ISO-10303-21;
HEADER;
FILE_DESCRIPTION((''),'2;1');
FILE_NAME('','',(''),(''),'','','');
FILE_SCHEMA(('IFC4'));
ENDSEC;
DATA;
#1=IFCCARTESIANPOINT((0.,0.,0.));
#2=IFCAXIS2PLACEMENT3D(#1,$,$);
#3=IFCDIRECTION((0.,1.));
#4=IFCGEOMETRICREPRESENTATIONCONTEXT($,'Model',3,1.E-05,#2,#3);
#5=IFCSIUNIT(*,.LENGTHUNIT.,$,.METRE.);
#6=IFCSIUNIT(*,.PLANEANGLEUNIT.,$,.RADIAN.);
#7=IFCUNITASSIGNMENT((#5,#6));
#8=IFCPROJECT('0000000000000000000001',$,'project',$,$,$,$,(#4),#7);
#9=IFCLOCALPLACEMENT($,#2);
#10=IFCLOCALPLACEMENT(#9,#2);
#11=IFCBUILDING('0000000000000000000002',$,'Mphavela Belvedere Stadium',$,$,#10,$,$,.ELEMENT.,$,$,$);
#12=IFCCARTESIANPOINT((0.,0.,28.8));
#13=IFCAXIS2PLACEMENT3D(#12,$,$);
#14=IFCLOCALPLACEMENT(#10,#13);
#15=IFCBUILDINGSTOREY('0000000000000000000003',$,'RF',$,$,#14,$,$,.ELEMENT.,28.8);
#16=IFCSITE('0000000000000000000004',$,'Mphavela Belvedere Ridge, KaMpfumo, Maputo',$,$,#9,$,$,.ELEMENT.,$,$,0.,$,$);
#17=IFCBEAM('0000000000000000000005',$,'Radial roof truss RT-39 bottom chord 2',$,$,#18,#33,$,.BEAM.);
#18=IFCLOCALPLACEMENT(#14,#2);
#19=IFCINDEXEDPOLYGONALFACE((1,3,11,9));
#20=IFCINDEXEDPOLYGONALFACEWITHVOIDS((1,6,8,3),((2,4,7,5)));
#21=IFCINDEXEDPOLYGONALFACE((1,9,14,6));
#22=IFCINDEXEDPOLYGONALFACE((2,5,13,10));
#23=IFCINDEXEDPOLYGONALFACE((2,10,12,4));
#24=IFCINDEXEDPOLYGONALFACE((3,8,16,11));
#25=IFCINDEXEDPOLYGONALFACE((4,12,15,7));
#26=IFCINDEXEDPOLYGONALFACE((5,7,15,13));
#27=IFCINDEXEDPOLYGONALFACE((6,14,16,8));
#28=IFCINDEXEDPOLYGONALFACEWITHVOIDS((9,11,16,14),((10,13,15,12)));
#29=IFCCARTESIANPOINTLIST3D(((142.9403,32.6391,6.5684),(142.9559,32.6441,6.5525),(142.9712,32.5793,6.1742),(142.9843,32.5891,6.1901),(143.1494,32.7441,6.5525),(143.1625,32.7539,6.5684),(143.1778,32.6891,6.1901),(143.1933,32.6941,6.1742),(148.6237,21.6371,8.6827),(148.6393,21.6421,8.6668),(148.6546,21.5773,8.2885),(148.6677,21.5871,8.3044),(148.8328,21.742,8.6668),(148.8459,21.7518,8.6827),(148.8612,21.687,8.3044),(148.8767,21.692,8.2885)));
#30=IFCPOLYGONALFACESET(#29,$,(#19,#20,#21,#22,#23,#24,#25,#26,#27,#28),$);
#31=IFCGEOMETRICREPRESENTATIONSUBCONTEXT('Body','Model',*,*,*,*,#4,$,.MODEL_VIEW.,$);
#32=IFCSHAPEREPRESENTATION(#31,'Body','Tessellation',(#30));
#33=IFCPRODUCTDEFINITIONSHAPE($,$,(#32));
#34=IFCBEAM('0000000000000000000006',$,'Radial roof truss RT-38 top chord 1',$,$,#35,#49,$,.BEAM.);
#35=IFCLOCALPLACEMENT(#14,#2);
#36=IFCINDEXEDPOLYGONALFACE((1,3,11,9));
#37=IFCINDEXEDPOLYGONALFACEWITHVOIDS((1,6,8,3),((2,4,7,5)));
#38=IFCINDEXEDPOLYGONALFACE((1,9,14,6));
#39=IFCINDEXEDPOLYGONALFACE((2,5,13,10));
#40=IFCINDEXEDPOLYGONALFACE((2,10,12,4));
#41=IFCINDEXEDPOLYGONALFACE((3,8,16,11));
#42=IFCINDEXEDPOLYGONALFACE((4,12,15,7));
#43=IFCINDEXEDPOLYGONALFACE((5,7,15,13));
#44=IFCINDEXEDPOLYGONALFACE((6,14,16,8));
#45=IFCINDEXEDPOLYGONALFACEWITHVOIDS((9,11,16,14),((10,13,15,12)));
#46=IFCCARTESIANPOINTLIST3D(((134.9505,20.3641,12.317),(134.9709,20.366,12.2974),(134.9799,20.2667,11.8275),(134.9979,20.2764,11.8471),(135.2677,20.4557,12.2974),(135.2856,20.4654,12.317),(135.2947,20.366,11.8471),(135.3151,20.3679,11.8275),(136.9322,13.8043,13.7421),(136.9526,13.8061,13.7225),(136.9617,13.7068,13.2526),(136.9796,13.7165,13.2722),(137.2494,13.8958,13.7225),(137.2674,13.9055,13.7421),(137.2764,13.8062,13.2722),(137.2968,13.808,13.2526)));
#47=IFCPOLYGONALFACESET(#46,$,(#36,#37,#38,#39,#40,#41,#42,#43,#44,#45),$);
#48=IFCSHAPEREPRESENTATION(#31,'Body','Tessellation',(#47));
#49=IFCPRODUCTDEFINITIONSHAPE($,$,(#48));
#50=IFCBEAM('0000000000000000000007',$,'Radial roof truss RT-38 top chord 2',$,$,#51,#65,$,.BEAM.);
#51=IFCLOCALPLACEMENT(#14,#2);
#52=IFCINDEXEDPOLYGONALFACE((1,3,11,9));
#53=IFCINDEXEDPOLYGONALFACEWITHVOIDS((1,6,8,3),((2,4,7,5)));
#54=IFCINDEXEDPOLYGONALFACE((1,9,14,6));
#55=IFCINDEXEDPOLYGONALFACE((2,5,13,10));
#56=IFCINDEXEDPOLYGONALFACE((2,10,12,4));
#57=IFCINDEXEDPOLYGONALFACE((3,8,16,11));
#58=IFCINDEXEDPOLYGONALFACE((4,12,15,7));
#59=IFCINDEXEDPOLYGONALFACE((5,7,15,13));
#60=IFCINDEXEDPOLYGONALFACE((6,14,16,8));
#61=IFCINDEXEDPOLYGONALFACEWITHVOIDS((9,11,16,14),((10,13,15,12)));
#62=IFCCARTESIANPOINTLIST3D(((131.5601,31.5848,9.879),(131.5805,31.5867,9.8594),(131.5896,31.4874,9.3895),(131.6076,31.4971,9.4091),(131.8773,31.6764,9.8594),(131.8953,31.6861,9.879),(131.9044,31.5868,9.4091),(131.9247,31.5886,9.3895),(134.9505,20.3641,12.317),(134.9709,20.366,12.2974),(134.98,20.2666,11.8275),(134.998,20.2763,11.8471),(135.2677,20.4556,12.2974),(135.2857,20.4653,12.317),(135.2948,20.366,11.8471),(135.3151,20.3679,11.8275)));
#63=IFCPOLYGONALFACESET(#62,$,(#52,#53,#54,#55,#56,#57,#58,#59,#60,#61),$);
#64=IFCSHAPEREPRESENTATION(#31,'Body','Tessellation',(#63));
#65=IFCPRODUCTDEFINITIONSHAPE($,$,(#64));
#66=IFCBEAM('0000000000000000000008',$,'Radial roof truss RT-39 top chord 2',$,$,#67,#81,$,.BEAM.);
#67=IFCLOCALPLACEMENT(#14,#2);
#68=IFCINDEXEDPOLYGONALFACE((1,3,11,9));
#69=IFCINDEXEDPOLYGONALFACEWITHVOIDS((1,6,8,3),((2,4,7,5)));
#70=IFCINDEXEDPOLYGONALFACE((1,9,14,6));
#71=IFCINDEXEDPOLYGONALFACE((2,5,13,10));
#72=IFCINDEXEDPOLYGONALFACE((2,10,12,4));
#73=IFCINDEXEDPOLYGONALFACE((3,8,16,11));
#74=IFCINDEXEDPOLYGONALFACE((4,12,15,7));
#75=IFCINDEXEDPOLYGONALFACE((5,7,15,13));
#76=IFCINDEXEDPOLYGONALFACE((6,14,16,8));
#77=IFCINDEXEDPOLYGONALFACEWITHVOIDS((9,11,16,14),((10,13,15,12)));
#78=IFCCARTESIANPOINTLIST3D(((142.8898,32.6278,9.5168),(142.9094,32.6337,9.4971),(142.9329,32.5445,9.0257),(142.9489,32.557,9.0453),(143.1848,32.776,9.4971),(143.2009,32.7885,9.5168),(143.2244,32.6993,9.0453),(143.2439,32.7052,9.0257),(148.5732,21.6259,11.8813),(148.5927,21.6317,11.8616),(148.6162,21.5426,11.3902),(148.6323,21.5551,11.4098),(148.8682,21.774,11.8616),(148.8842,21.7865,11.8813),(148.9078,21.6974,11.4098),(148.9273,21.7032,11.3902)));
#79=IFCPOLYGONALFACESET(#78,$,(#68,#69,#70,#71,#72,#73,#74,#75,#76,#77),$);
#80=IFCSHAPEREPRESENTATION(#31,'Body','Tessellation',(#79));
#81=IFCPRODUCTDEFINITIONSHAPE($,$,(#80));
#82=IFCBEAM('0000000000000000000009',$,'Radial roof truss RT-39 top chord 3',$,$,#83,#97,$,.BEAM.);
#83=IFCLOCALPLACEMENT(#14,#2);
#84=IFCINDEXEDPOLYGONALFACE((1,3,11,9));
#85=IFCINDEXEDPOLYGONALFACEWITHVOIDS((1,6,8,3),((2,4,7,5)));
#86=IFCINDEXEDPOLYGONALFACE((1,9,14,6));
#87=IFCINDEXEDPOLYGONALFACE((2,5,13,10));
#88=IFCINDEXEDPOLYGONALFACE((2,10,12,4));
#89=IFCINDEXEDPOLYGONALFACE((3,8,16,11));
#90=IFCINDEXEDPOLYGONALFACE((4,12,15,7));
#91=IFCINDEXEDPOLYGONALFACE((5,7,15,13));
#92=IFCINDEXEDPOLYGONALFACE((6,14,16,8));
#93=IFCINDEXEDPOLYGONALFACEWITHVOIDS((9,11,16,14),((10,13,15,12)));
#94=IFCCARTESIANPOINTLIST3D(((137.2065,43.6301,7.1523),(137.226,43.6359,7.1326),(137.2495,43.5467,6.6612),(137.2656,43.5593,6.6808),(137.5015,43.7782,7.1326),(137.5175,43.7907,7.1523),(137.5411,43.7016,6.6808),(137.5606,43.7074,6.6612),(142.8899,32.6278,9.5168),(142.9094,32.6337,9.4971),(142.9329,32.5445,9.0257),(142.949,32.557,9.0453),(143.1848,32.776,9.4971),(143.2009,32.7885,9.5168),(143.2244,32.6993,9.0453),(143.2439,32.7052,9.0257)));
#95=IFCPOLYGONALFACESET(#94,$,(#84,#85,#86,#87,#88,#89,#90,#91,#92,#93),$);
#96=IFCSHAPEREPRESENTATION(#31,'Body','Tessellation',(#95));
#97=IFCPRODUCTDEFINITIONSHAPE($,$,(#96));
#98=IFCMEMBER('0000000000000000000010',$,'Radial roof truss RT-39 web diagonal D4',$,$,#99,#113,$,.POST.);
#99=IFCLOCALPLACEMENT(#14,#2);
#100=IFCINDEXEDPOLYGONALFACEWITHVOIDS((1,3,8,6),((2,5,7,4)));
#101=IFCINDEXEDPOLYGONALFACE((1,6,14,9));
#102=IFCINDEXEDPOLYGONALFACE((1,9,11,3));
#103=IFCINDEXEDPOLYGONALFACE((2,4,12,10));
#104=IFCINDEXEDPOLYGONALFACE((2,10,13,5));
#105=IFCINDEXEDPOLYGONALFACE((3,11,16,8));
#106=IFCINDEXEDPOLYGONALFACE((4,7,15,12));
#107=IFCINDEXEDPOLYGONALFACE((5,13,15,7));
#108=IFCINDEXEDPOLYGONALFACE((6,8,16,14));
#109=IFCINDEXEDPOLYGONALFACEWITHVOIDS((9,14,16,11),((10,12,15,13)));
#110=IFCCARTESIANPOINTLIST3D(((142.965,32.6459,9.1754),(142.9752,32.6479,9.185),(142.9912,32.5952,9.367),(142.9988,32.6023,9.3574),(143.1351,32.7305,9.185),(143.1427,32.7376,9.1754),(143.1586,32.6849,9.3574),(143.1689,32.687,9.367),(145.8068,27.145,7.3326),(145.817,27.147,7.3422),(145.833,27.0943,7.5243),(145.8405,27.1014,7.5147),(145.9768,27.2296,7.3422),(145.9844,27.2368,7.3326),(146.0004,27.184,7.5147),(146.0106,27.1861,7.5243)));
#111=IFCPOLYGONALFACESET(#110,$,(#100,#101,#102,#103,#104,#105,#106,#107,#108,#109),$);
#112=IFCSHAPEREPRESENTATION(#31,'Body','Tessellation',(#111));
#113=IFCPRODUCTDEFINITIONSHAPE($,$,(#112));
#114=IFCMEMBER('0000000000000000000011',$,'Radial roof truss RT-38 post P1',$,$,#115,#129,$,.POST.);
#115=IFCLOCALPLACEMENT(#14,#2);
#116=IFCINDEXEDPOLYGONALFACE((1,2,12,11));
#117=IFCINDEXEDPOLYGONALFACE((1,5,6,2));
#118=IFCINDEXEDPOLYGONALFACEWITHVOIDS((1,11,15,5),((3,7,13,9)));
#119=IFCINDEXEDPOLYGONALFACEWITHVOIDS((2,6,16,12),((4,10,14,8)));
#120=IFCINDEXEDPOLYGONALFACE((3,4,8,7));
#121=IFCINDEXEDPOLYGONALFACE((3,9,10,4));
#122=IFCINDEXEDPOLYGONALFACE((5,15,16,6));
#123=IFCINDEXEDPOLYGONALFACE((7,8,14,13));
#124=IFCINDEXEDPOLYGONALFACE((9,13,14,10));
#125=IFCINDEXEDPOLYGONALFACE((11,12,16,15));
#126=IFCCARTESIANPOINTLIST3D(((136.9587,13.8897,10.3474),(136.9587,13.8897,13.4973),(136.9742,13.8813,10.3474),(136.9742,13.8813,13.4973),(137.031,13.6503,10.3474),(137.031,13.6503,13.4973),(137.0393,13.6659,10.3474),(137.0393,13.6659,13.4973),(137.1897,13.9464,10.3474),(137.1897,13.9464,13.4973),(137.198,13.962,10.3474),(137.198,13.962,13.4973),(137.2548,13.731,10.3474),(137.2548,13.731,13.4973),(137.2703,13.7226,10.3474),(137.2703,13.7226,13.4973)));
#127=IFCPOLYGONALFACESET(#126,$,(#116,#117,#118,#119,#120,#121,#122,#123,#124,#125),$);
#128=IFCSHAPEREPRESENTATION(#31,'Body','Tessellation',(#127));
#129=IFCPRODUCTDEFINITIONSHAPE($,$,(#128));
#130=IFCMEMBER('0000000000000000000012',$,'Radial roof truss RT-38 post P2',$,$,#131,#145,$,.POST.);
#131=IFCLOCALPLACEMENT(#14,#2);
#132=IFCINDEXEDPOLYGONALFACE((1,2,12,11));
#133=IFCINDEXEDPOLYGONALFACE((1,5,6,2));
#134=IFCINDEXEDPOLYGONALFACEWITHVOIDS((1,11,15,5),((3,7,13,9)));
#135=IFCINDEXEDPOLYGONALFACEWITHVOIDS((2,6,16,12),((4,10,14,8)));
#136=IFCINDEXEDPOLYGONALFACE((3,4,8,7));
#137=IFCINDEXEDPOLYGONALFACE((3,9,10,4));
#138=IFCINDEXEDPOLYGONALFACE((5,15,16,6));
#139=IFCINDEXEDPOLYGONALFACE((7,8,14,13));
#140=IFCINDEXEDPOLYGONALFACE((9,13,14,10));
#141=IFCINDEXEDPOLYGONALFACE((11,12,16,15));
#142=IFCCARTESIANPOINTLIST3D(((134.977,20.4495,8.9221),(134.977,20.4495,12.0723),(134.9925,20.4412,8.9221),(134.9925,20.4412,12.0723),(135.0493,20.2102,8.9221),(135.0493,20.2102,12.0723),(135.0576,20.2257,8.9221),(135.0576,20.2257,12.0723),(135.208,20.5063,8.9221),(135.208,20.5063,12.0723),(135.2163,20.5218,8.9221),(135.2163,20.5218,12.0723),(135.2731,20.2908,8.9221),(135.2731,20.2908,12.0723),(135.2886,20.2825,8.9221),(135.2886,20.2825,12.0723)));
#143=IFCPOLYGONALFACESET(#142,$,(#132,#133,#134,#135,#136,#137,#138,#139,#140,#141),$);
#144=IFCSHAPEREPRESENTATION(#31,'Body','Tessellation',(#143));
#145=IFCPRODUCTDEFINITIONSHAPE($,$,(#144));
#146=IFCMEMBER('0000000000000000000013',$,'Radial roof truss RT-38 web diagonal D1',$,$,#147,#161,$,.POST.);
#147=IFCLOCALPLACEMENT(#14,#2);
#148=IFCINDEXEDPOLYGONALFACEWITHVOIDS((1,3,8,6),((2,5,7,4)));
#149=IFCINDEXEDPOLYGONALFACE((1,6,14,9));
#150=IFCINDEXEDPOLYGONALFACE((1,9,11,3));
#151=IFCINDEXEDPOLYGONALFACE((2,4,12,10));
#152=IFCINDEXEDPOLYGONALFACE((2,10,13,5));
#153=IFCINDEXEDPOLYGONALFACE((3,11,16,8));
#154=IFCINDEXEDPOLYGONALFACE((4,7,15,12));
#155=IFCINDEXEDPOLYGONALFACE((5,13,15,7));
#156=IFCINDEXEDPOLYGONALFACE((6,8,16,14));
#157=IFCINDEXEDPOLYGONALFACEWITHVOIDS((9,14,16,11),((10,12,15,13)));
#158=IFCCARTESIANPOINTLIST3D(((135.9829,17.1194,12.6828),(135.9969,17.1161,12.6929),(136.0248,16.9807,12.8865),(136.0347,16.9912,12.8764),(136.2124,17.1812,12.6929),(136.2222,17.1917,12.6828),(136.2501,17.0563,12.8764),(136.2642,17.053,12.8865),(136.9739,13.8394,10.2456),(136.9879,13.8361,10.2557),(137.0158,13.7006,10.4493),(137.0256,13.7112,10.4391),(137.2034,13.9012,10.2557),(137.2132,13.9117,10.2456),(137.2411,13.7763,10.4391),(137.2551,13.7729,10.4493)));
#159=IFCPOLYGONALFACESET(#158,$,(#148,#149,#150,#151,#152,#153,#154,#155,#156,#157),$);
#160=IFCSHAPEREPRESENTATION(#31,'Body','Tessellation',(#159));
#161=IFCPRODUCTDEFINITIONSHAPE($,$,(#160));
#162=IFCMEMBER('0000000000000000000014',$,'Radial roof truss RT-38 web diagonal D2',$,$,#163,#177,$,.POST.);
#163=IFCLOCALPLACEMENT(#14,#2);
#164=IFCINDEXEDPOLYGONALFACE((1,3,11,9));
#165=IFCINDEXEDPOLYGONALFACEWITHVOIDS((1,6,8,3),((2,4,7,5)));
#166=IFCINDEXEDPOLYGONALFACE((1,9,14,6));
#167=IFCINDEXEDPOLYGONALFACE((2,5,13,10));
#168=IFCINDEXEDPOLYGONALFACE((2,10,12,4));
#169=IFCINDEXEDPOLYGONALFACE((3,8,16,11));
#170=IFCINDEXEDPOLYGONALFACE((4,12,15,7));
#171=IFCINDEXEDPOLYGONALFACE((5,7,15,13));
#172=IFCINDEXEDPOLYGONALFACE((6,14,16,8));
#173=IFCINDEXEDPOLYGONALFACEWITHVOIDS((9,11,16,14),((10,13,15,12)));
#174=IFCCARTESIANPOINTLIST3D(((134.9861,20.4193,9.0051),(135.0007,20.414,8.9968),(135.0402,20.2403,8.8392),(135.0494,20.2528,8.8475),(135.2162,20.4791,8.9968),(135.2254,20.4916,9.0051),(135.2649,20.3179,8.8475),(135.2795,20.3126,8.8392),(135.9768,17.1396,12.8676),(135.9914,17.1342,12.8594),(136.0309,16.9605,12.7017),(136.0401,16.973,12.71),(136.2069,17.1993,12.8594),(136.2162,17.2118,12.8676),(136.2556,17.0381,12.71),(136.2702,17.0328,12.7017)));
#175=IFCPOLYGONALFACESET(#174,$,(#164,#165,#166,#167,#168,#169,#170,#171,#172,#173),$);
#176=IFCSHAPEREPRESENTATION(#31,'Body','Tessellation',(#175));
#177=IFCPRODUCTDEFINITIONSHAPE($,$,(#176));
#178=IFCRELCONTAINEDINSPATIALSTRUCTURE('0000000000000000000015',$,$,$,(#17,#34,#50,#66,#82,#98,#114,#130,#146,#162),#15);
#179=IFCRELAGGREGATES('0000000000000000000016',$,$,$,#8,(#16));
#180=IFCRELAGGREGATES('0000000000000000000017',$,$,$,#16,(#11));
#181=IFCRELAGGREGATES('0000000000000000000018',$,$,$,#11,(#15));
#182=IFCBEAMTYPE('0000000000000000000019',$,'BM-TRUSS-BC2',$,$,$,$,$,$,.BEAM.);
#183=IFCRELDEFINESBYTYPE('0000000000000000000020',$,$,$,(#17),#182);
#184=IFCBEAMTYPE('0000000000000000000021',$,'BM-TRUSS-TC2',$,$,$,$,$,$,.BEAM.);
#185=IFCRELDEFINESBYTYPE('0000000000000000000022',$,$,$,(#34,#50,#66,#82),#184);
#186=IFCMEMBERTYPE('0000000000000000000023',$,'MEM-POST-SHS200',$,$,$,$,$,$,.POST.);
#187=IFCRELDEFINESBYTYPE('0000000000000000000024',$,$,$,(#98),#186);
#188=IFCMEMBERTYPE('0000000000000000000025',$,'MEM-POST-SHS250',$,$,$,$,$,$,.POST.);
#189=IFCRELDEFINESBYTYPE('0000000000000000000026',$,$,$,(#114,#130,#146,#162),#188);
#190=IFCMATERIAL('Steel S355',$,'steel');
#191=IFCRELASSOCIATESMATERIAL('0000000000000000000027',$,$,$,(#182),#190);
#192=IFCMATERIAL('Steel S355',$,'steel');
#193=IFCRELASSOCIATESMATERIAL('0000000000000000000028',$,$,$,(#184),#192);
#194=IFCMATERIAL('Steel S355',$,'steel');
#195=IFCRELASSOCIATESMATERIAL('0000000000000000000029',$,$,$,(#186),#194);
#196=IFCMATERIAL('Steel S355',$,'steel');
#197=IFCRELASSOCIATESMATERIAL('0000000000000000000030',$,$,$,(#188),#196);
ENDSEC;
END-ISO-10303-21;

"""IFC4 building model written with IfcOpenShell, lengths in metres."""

from ifc_helpers import new_model, si_unit, direction, frame, origin, origin_2d, place, context, subcontext, project, spatial, hollow_rectangle, extrude, material, material_profile, profile_set, type_object, element, save


model = new_model("IFC4")

# Units and contexts
model_context = context("Model", 3, precision=1e-05, world=origin(), true_north=direction((0.0, 1.0)))
body_context = subcontext(model_context, "Body", "Model", "MODEL_VIEW")
ifc_project = project(units=[si_unit("LENGTHUNIT", "METRE"), si_unit("PLANEANGLEUNIT", "RADIAN")], contexts=[model_context])

# Site, building, storey
site_placement = place(None, origin())
site = spatial("IfcSite", under=ifc_project, at=site_placement, Name="Mphavela Belvedere Ridge, KaMpfumo, Maputo", CompositionType="ELEMENT", RefElevation=0.0)
building_placement = place(site_placement, origin())
building = spatial("IfcBuilding", under=site, at=building_placement, Name="Mphavela Belvedere Stadium", CompositionType="ELEMENT")
storey_placement = place(building_placement, frame((0.0, 0.0, 28.8)))
storey = spatial("IfcBuildingStorey", under=building, at=storey_placement, Name="RF", CompositionType="ELEMENT", Elevation=28.8)

# Beams
ifc_material_1 = material(Name="Steel S355", Category="steel")
ifc_material_profile_1 = material_profile(ifc_material_1, hollow_rectangle(XDim=0.25, YDim=0.3999, WallThickness=0.0161, at=origin_2d()), Name="RHS 400x250x16")
ifc_profile_set_1 = profile_set([ifc_material_profile_1], Name="Steel S355")
beam_type_1 = type_object("IfcBeamType", Name="BM-TRUSS-BC2", PredefinedType="BEAM", material=ifc_profile_set_1)
beam_1_placement = place(storey_placement, frame((148.7502, 21.6646, 8.4856), z_axis=(-0.45241, 0.875785, -0.168301), x_axis=(-0.888459, -0.458957, 0.0)))
element("IfcBeam", 1, at=beam_1_placement, inside=storey, type_object=beam_type_1, Name="Radial roof truss RT-39 bottom chord 2", PredefinedType="BEAM", context=body_context, shape_type="SweptSolid", body=[
    extrude(hollow_rectangle(XDim=0.25, YDim=0.3999, WallThickness=0.0161, at=origin_2d()), origin(), (0.0, 0.0, 1.0), 12.5625),
])
ifc_material_2 = material(Name="Steel S355", Category="steel")
ifc_material_profile_2 = material_profile(ifc_material_2, hollow_rectangle(XDim=0.3501, YDim=0.5, WallThickness=0.02, at=origin_2d()), Name="RHS 500x350x20")
ifc_profile_set_2 = profile_set([ifc_material_profile_2], Name="Steel S355")
beam_type_2 = type_object("IfcBeamType", Name="BM-TRUSS-TC2", PredefinedType="BEAM", material=ifc_profile_set_2)
beam_2_placement = place(storey_placement, frame((137.1145, 13.8062, 13.4973), z_axis=(-0.28313, 0.937221, -0.203601), x_axis=(-0.957272, -0.289188, 0.0)))
element("IfcBeam", 2, at=beam_2_placement, inside=storey, type_object=beam_type_2, Name="Radial roof truss RT-38 top chord 1", PredefinedType="BEAM", context=body_context, shape_type="SweptSolid", body=[
    extrude(hollow_rectangle(XDim=0.3501, YDim=0.5, WallThickness=0.02, at=origin_2d()), origin(), (0.0, 0.0, 1.0), 6.9993),
])
beam_3_placement = place(storey_placement, frame((135.1328, 20.366, 12.0723), z_axis=(-0.283179, 0.9372, -0.203631), x_axis=(-0.957257, -0.289239, 0.0)))
element("IfcBeam", 3, at=beam_3_placement, inside=storey, type_object=beam_type_2, Name="Radial roof truss RT-38 top chord 2", PredefinedType="BEAM", context=body_context, shape_type="SweptSolid", body=[
    extrude(hollow_rectangle(XDim=0.3501, YDim=0.5, WallThickness=0.02, at=origin_2d()), origin(), (0.0, 0.0, 1.0), 11.9727),
])
beam_4_placement = place(storey_placement, frame((148.7502, 21.6646, 11.6357), z_axis=(-0.450812, 0.872692, -0.187556), x_axis=(-0.888459, -0.458957, 0.0)))
element("IfcBeam", 4, at=beam_4_placement, inside=storey, type_object=beam_type_2, Name="Radial roof truss RT-39 top chord 2", PredefinedType="BEAM", context=body_context, shape_type="SweptSolid", body=[
    extrude(hollow_rectangle(XDim=0.3501, YDim=0.5, WallThickness=0.02, at=origin_2d()), origin(), (0.0, 0.0, 1.0), 12.6069),
])
beam_5_placement = place(storey_placement, frame((143.0669, 32.6665, 9.2712), z_axis=(-0.450804, 0.872697, -0.187553), x_axis=(-0.888463, -0.458949, 0.0)))
element("IfcBeam", 5, at=beam_5_placement, inside=storey, type_object=beam_type_2, Name="Radial roof truss RT-39 top chord 3", PredefinedType="BEAM", context=body_context, shape_type="SweptSolid", body=[
    extrude(hollow_rectangle(XDim=0.3501, YDim=0.5, WallThickness=0.02, at=origin_2d()), origin(), (0.0, 0.0, 1.0), 12.6072),
])

# Members
ifc_material_3 = material(Name="Steel S355", Category="steel")
ifc_material_profile_3 = material_profile(ifc_material_3, hollow_rectangle(XDim=0.2, YDim=0.2, WallThickness=0.01, at=origin_2d()), Name="SHS 200x200x10")
ifc_profile_set_3 = profile_set([ifc_material_profile_3], Name="Steel S355")
member_type_1 = type_object("IfcMemberType", Name="MEM-POST-SHS200", PredefinedType="POST", material=ifc_profile_set_3)
member_1_placement = place(storey_placement, frame((145.9087, 27.1655, 7.4285), z_axis=(-0.439903, 0.851537, 0.285256), x_axis=(-0.888451, -0.458972, 0.0)))
element("IfcMember", 6, at=member_1_placement, inside=storey, type_object=member_type_1, Name="Radial roof truss RT-39 web diagonal D4", PredefinedType="POST", context=body_context, shape_type="SweptSolid", body=[
    extrude(hollow_rectangle(XDim=0.2, YDim=0.2, WallThickness=0.01, at=origin_2d()), origin(), (0.0, 0.0, 1.0), 6.46),
])
ifc_material_4 = material(Name="Steel S355", Category="steel")
ifc_material_profile_4 = material_profile(ifc_material_4, hollow_rectangle(XDim=0.25, YDim=0.25, WallThickness=0.0125, at=origin_2d()), Name="SHS 250x250x12.5")
ifc_profile_set_4 = profile_set([ifc_material_profile_4], Name="Steel S355")
member_type_2 = type_object("IfcMemberType", Name="MEM-POST-SHS250", PredefinedType="POST", material=ifc_profile_set_4)
member_2_placement = place(storey_placement, frame((137.1145, 13.8062, 10.3474), z_axis=(0.0, 0.0, 1.0), x_axis=(0.289199, -0.957269, 0.0)))
element("IfcMember", 7, at=member_2_placement, inside=storey, type_object=member_type_2, Name="Radial roof truss RT-38 post P1", PredefinedType="POST", context=body_context, shape_type="SweptSolid", body=[
    extrude(hollow_rectangle(XDim=0.25, YDim=0.25, WallThickness=0.0125, at=origin_2d()), origin(), (0.0, 0.0, 1.0), 3.1499),
])
member_3_placement = place(storey_placement, frame((135.1328, 20.366, 8.9221), z_axis=(0.0, 0.0, 1.0), x_axis=(0.289199, -0.957269, 0.0)))
element("IfcMember", 8, at=member_3_placement, inside=storey, type_object=member_type_2, Name="Radial roof truss RT-38 post P2", PredefinedType="POST", context=body_context, shape_type="SweptSolid", body=[
    extrude(hollow_rectangle(XDim=0.25, YDim=0.25, WallThickness=0.0125, at=origin_2d()), origin(), (0.0, 0.0, 1.0), 3.1501),
])
member_4_placement = place(storey_placement, frame((137.1145, 13.8062, 10.3474), z_axis=(-0.235672, 0.780057, 0.579629), x_axis=(-0.957266, -0.28921, 0.0)))
element("IfcMember", 9, at=member_4_placement, inside=storey, type_object=member_type_2, Name="Radial roof truss RT-38 web diagonal D1", PredefinedType="POST", context=body_context, shape_type="SweptSolid", body=[
    extrude(hollow_rectangle(XDim=0.25, YDim=0.25, WallThickness=0.0125, at=origin_2d()), origin(), (0.0, 0.0, 1.0), 4.2048),
])
member_5_placement = place(storey_placement, frame((136.1235, 17.0862, 12.7847), z_axis=(-0.191885, 0.635233, -0.748104), x_axis=(-0.957279, -0.289165, 0.0)))
element("IfcMember", 10, at=member_5_placement, inside=storey, type_object=member_type_2, Name="Radial roof truss RT-38 web diagonal D2", PredefinedType="POST", context=body_context, shape_type="SweptSolid", body=[
    extrude(hollow_rectangle(XDim=0.25, YDim=0.25, WallThickness=0.0125, at=origin_2d()), origin(), (0.0, 0.0, 1.0), 5.1631),
])

save(model, "model.ifc")
